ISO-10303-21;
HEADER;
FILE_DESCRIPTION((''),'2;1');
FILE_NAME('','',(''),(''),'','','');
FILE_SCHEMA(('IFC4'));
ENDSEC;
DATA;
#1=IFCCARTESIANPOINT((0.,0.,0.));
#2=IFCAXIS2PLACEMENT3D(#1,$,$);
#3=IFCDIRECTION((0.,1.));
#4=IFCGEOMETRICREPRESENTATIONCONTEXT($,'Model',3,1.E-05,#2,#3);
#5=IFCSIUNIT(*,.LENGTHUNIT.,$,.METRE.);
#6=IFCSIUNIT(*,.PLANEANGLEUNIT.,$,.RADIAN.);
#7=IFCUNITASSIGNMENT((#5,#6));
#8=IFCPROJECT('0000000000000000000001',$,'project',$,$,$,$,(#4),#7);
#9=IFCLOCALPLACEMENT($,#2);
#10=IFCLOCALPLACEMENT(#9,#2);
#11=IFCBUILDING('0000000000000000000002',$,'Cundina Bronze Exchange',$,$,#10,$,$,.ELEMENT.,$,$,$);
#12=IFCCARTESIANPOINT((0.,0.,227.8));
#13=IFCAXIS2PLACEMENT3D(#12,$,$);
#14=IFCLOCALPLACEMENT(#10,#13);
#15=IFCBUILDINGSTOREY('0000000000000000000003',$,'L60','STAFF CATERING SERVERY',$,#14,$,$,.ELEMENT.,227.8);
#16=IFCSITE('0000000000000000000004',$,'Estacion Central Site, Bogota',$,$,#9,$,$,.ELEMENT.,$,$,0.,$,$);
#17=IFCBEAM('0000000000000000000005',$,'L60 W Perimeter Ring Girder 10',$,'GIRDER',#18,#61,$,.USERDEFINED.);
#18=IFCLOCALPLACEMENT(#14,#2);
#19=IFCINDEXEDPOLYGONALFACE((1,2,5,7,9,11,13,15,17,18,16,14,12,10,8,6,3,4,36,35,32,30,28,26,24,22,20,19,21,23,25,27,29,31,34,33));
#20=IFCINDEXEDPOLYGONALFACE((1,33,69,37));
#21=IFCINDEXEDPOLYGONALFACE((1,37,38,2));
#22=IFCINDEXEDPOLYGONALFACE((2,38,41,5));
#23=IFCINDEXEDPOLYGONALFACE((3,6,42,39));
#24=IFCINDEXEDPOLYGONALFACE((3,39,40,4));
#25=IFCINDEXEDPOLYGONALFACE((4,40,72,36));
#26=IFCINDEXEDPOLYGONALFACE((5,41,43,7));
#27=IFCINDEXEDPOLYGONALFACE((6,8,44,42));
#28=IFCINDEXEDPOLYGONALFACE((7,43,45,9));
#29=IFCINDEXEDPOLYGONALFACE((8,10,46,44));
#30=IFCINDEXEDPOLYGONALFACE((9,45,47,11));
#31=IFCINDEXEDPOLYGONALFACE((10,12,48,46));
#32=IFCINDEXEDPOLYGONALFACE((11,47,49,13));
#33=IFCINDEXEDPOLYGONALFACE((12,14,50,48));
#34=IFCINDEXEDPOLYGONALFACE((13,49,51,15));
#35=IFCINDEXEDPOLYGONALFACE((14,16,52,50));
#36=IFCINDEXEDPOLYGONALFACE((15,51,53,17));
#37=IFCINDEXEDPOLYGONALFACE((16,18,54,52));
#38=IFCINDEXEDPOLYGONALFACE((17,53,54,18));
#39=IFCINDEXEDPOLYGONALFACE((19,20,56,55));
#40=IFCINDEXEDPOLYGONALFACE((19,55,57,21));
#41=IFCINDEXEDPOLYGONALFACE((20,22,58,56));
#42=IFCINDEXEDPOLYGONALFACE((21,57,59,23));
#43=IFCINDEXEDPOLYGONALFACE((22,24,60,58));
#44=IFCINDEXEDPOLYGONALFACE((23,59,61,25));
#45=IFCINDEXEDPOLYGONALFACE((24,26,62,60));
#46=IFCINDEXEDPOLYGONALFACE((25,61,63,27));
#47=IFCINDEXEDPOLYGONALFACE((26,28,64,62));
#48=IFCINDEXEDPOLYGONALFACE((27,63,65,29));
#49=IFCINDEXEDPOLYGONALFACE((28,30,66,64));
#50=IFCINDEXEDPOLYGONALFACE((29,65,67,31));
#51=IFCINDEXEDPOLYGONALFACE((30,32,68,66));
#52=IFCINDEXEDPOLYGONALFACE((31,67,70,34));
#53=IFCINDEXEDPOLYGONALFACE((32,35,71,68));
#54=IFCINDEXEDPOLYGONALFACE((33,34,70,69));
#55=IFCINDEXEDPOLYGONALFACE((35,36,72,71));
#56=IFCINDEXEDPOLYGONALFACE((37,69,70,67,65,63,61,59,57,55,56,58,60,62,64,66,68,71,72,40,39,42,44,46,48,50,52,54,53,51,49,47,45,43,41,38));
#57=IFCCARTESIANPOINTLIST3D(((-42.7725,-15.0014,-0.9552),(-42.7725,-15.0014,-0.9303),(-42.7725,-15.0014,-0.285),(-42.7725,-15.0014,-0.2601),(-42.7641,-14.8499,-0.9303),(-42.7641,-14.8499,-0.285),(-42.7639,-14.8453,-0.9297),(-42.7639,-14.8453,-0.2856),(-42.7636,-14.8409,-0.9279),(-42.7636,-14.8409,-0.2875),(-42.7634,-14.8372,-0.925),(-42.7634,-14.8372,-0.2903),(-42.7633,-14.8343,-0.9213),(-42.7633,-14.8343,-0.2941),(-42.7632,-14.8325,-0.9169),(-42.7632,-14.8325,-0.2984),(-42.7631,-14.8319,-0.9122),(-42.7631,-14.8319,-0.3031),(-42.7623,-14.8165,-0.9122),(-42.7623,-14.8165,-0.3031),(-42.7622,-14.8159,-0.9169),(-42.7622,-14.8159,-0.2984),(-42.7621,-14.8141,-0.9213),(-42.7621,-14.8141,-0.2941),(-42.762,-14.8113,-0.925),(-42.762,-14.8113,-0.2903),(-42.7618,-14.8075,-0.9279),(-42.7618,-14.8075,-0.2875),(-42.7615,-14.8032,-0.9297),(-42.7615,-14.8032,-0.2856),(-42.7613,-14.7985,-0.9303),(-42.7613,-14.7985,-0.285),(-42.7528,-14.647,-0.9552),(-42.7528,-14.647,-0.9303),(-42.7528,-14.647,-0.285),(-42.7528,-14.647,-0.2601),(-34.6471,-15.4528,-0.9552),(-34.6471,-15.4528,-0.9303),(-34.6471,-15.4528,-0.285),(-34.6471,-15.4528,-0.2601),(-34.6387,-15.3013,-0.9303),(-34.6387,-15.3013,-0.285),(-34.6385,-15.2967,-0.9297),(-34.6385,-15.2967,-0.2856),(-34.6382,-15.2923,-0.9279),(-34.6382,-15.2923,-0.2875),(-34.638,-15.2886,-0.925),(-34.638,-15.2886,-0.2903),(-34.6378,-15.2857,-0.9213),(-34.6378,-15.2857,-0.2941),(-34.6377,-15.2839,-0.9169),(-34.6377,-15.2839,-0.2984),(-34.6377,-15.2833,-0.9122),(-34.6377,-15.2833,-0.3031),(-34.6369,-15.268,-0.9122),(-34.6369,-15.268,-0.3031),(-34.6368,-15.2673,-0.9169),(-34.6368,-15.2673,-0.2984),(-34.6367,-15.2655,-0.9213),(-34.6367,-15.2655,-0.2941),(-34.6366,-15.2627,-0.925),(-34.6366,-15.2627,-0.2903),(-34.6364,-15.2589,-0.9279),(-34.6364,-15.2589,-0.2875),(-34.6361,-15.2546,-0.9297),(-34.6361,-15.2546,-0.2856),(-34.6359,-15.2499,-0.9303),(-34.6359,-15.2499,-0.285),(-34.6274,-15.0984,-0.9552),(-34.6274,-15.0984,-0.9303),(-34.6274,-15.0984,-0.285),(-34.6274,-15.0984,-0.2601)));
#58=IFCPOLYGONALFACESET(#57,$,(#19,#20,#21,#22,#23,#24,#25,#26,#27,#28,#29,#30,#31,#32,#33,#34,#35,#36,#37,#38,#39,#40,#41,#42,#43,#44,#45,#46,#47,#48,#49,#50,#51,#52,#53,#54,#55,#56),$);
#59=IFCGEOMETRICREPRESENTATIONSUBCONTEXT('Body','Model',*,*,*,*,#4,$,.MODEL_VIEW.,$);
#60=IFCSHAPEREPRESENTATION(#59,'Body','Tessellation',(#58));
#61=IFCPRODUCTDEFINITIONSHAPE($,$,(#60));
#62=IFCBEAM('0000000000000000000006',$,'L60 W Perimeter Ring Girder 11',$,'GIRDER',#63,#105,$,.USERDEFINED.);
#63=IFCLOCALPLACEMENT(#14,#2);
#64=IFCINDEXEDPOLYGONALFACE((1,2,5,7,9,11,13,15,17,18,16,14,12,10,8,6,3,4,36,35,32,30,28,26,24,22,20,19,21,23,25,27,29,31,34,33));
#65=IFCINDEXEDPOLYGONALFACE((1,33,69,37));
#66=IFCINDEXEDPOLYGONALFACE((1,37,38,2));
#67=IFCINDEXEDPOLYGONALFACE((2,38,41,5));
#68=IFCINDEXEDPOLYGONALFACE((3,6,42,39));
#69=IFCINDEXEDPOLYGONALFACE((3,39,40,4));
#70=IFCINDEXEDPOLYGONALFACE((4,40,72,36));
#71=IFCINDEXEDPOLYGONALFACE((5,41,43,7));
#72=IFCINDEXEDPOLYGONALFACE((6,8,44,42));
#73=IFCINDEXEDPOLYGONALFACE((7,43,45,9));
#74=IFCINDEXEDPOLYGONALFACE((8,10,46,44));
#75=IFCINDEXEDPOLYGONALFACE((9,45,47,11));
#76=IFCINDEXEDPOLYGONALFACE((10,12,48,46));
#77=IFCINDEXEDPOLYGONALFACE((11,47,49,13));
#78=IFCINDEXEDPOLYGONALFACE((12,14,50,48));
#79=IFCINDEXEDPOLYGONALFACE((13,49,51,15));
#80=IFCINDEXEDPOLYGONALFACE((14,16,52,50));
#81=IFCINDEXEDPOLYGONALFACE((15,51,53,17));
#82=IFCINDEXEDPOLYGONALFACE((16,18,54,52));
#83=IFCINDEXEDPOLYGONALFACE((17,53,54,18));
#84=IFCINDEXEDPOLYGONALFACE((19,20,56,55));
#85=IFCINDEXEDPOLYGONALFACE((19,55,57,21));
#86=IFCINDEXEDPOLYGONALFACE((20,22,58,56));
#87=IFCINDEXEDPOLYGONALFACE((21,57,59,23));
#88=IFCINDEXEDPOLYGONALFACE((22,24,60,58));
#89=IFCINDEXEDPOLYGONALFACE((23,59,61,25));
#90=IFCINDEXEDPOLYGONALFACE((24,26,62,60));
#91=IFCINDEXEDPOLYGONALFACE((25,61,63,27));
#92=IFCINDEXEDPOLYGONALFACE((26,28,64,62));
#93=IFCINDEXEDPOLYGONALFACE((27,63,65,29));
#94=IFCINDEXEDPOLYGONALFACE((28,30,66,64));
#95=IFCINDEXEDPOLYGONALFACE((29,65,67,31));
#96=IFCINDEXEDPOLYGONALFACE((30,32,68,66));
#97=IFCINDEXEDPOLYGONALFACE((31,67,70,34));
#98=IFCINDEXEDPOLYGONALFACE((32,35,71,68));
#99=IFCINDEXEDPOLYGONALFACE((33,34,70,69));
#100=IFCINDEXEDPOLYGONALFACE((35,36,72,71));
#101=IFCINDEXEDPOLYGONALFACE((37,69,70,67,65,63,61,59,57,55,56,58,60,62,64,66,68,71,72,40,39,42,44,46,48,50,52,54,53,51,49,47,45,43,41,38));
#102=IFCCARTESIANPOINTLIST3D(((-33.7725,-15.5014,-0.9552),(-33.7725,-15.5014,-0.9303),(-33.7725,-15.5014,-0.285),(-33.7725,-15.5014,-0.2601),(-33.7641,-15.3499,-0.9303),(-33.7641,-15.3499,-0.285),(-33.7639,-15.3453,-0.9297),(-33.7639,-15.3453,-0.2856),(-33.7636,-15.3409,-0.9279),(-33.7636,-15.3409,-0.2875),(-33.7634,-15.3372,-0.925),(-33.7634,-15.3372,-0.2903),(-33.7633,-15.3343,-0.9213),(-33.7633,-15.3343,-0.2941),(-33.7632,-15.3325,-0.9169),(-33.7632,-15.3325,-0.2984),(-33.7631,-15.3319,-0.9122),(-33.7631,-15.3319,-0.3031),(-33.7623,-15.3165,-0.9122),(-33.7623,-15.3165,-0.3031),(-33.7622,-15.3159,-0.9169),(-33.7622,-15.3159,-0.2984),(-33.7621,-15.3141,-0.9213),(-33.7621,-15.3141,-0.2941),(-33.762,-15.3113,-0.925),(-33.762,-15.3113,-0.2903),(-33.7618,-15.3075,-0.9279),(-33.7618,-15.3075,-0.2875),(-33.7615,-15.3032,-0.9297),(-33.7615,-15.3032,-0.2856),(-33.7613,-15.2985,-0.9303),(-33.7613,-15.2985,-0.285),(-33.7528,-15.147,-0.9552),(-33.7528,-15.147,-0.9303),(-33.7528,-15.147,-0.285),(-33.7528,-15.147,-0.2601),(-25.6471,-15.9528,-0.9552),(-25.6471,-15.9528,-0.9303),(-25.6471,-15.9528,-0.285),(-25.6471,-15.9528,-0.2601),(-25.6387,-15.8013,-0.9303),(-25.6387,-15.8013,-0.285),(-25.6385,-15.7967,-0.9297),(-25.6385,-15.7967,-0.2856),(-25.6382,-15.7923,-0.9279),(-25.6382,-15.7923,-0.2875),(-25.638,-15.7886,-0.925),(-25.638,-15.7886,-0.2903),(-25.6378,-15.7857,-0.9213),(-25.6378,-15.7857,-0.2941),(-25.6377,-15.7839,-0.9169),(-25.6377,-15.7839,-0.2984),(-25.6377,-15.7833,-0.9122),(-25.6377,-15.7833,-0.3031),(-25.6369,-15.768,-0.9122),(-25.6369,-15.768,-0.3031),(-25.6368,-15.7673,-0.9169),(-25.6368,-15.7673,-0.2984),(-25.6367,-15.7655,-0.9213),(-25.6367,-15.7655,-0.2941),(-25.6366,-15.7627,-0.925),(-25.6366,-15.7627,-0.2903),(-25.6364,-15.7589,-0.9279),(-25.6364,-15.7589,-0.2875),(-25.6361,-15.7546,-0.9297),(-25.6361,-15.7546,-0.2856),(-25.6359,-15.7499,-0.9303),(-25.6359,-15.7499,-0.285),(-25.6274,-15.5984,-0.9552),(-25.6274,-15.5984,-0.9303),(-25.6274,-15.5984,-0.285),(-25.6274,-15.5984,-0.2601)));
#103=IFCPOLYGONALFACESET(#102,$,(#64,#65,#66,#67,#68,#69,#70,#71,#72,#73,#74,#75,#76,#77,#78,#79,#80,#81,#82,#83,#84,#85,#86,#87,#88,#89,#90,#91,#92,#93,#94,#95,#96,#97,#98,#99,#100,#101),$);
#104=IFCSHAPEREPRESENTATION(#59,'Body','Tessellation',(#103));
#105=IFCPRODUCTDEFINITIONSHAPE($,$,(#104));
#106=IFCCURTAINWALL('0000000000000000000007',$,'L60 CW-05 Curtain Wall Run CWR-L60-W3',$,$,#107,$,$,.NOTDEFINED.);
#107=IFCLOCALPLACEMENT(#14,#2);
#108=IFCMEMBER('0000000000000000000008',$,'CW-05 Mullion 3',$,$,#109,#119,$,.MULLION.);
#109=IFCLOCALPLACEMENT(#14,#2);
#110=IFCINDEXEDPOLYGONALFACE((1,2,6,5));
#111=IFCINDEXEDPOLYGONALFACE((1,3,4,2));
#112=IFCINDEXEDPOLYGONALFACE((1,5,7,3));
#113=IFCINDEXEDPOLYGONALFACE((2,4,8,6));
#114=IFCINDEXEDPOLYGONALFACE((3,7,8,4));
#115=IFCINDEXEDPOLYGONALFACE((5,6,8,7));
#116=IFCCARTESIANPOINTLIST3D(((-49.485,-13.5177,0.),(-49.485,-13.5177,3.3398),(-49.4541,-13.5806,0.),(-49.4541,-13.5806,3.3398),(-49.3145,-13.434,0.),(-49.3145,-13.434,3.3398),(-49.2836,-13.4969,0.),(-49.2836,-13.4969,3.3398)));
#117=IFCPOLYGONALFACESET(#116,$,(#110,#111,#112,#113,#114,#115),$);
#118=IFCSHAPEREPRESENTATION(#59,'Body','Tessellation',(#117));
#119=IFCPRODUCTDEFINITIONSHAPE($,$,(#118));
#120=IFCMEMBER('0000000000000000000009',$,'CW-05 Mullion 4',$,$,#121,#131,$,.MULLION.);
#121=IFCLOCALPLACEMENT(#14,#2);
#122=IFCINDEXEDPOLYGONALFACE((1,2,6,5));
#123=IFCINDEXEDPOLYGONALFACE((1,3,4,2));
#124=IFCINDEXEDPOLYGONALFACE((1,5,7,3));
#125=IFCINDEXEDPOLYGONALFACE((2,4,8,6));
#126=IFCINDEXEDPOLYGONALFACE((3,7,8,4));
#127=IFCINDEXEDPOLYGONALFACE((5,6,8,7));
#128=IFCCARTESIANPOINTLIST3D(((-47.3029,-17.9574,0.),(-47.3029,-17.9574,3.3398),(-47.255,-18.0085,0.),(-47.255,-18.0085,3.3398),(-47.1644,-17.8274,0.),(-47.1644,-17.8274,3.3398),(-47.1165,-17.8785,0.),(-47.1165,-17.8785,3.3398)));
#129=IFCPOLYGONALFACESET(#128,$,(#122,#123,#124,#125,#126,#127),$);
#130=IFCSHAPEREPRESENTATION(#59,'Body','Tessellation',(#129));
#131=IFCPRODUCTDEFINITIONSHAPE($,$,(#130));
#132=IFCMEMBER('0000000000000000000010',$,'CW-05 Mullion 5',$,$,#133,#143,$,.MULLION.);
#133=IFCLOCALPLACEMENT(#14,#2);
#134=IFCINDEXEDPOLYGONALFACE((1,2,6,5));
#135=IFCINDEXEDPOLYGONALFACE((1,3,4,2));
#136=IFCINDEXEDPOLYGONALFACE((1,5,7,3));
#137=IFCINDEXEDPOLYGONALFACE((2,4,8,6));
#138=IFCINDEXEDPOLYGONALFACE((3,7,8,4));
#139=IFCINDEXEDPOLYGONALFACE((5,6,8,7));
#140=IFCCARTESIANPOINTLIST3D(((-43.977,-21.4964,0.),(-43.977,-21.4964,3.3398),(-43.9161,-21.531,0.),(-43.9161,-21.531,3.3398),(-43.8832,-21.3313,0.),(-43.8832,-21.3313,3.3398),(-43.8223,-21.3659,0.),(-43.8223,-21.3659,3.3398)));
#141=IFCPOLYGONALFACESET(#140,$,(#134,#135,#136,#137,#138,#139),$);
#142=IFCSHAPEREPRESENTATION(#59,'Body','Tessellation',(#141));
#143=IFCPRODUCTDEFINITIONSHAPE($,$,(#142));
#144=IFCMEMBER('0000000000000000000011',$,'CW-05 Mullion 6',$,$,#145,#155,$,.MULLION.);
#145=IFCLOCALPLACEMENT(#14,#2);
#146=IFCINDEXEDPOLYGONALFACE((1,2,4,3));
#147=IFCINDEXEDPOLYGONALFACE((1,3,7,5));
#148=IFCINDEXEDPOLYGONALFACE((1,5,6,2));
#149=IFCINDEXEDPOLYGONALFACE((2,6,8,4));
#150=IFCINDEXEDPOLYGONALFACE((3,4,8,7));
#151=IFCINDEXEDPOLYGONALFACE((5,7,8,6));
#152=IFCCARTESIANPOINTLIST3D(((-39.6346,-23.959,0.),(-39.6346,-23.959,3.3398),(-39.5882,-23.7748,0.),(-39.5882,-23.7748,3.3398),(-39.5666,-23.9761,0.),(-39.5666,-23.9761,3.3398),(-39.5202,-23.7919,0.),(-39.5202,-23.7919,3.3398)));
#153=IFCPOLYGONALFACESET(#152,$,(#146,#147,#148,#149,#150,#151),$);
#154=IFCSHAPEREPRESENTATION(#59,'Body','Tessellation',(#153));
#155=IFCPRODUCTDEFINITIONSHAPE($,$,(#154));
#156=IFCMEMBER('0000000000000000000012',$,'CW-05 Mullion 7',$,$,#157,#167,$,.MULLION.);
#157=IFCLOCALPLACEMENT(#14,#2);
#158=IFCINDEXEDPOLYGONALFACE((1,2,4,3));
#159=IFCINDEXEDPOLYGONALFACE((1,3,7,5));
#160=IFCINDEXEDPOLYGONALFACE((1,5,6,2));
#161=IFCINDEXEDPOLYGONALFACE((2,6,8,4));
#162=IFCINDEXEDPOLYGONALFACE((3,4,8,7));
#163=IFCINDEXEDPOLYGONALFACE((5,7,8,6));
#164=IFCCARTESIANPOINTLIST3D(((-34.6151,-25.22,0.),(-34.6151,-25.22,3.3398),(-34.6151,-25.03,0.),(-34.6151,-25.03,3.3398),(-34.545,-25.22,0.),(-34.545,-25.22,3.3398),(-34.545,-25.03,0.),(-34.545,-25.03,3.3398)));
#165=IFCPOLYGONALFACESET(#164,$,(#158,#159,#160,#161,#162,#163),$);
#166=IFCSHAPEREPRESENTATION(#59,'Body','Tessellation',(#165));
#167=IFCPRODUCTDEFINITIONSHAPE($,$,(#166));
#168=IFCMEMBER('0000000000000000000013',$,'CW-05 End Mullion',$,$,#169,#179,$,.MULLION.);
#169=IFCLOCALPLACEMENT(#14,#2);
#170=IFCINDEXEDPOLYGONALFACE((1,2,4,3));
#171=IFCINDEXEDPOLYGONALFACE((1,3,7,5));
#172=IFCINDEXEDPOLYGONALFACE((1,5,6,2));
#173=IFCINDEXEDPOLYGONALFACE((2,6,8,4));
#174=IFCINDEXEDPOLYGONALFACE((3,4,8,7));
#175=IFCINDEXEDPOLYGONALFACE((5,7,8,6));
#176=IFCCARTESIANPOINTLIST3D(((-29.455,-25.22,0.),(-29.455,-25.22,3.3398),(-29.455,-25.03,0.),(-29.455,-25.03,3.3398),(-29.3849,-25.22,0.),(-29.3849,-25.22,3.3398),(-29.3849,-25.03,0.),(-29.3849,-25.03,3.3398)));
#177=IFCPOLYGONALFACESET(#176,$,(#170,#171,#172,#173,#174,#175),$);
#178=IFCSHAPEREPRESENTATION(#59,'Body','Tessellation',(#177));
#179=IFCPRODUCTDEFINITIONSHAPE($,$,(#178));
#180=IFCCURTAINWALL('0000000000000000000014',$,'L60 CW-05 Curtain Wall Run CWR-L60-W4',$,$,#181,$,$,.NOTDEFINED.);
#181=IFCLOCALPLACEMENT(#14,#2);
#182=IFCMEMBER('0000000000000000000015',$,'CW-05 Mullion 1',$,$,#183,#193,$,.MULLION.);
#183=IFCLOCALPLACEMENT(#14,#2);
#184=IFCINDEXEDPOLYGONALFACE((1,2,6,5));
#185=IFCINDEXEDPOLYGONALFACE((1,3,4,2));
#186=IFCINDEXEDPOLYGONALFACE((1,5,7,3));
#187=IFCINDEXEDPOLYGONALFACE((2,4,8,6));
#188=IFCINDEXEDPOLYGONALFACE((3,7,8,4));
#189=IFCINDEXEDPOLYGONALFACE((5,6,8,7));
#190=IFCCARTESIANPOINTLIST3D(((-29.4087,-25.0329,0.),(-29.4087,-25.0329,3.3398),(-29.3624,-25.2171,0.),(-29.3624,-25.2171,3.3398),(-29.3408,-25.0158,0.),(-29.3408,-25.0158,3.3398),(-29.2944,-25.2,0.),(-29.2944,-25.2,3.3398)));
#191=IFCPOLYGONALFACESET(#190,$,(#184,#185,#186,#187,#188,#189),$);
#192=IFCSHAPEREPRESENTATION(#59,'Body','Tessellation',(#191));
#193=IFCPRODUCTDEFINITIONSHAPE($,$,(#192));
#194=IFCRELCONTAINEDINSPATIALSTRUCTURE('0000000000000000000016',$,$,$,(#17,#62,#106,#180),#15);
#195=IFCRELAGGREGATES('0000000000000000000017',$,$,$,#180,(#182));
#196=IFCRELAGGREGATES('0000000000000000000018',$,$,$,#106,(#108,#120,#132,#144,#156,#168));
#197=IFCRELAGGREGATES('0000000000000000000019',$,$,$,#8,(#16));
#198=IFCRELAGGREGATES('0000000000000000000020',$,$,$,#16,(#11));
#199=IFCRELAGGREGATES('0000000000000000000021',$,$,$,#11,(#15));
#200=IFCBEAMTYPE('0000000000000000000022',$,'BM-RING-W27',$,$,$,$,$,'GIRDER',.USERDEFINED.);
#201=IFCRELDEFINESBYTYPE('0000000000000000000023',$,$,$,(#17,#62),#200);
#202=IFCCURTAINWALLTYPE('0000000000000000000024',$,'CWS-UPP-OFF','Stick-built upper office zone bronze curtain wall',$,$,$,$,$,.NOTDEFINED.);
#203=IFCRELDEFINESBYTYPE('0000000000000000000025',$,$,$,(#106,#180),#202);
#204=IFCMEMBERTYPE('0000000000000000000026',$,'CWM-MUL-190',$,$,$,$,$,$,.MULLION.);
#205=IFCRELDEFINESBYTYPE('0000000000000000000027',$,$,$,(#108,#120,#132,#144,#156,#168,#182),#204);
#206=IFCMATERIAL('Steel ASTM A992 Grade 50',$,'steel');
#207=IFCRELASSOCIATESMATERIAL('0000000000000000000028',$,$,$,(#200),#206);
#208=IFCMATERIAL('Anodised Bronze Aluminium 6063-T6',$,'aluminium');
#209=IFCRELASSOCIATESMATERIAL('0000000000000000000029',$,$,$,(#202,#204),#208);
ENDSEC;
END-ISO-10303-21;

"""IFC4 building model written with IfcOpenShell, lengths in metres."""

from ifc_helpers import new_model, si_unit, direction, frame, origin, origin_2d, place, context, subcontext, project, spatial, rectangle, i_section, extrude, material, material_profile, profile_set, type_object, element, aggregate, save


model = new_model("IFC4")

# Units and contexts
model_context = context("Model", 3, precision=1e-05, world=origin(), true_north=direction((0.0, 1.0)))
body_context = subcontext(model_context, "Body", "Model", "MODEL_VIEW")
ifc_project = project(units=[si_unit("LENGTHUNIT", "METRE"), si_unit("PLANEANGLEUNIT", "RADIAN")], contexts=[model_context])

# Site, building, storey
site_placement = place(None, origin())
site = spatial("IfcSite", under=ifc_project, at=site_placement, Name="Estacion Central Site, Bogota", CompositionType="ELEMENT", RefElevation=0.0)
building_placement = place(site_placement, origin())
building = spatial("IfcBuilding", under=site, at=building_placement, Name="Cundina Bronze Exchange", CompositionType="ELEMENT")
storey_placement = place(building_placement, frame((0.0, 0.0, 227.8)))
storey = spatial("IfcBuildingStorey", under=building, at=storey_placement, Name="L60", Description="STAFF CATERING SERVERY", CompositionType="ELEMENT", Elevation=227.8)

# Beams
ifc_material_1 = material(Name="Steel ASTM A992 Grade 50", Category="steel")
ifc_material_profile_1 = material_profile(ifc_material_1, i_section(OverallWidth=0.355, OverallDepth=0.6951, WebThickness=0.0154, FlangeThickness=0.0249, FilletRadius=0.0181, at=origin_2d()), Name="W27X146", Category="steel")
ifc_profile_set_1 = profile_set([ifc_material_profile_1], Name="Steel ASTM A992 Grade 50")
beam_type_1 = type_object("IfcBeamType", Name="BM-RING-W27", ElementType="GIRDER", PredefinedType="USERDEFINED", material=ifc_profile_set_1)
for number, where, z_axis, x_axis, name in (
    (1, (-42.7627, -14.8242, -0.6077), (0.99846, -0.05547, 0.0), (0.05547, 0.99846, 0.0), "L60 W Perimeter Ring Girder 10"),
    (2, (-33.7627, -15.3242, -0.6077), (0.99846, -0.05547, 0.0), (0.05547, 0.99846, 0.0), "L60 W Perimeter Ring Girder 11"),
):
    element("IfcBeam", number, at=place(storey_placement, frame(where, z_axis=z_axis, x_axis=x_axis)), inside=storey, type_object=beam_type_1, Name=name, ObjectType="GIRDER", PredefinedType="USERDEFINED", context=body_context, shape_type="SweptSolid", body=[
        extrude(i_section(OverallWidth=0.355, OverallDepth=0.6951, WebThickness=0.0154, FlangeThickness=0.0249, FilletRadius=0.0181, at=origin_2d()), origin(), (0.0, 0.0, 1.0), 8.1379),
    ])

# Curtain wall, members
ifc_material_2 = material(Name="Anodised Bronze Aluminium 6063-T6", Category="aluminium")
curtain_wall_type = type_object("IfcCurtainWallType", Name="CWS-UPP-OFF", Description="Stick-built upper office zone bronze curtain wall", PredefinedType="NOTDEFINED", material=ifc_material_2)
curtain_wall_1_placement = place(storey_placement, origin())
curtain_wall_1 = element("IfcCurtainWall", 3, at=curtain_wall_1_placement, inside=storey, type_object=curtain_wall_type, Name="L60 CW-05 Curtain Wall Run CWR-L60-W3", PredefinedType="NOTDEFINED")
ifc_material_profile_2 = material_profile(ifc_material_2, rectangle(XDim=0.0701, YDim=0.1899, at=origin_2d()), Name="AL70X190", Category="aluminium")
ifc_profile_set_2 = profile_set([ifc_material_profile_2], Name="Anodised Bronze Aluminium 6063-T6")
member_type_1 = type_object("IfcMemberType", Name="CWM-MUL-190", PredefinedType="MULLION", material=ifc_profile_set_2)
member_1_placement = place(storey_placement, frame((-49.3843, -13.5073, 0.0), z_axis=(0.0, 0.0, 1.0), x_axis=(0.440566, -0.89772, 0.0)))
member_1 = element("IfcMember", 4, at=member_1_placement, type_object=member_type_1, Name="CW-05 Mullion 3", PredefinedType="MULLION", context=body_context, shape_type="SweptSolid", body=[
    extrude(rectangle(XDim=0.0701, YDim=0.1899, at=origin_2d()), origin(), (0.0, 0.0, 1.0), 3.3398),
])
member_2_placement = place(storey_placement, frame((-47.2097, -17.918, 0.0), z_axis=(0.0, 0.0, 1.0), x_axis=(0.684293, -0.729208, 0.0)))
member_2 = element("IfcMember", 5, at=member_2_placement, type_object=member_type_1, Name="CW-05 Mullion 4", PredefinedType="MULLION", context=body_context, shape_type="SweptSolid", body=[
    extrude(rectangle(XDim=0.0701, YDim=0.1899, at=origin_2d()), origin(), (0.0, 0.0, 1.0), 3.3398),
])
member_3_placement = place(storey_placement, frame((-43.8997, -21.4312, 0.0), z_axis=(0.0, 0.0, 1.0), x_axis=(0.869581, -0.49379, 0.0)))
member_3 = element("IfcMember", 6, at=member_3_placement, type_object=member_type_1, Name="CW-05 Mullion 5", PredefinedType="MULLION", context=body_context, shape_type="SweptSolid", body=[
    extrude(rectangle(XDim=0.0701, YDim=0.1899, at=origin_2d()), origin(), (0.0, 0.0, 1.0), 3.3398),
])
member_4_placement = place(storey_placement, frame((-39.5774, -23.8755, 0.0), z_axis=(0.0, 0.0, 1.0), x_axis=(0.969744, -0.244123, 0.0)))
member_4 = element("IfcMember", 7, at=member_4_placement, type_object=member_type_1, Name="CW-05 Mullion 6", PredefinedType="MULLION", context=body_context, shape_type="SweptSolid", body=[
    extrude(rectangle(XDim=0.0701, YDim=0.1899, at=origin_2d()), origin(), (0.0, 0.0, 1.0), 3.3398),
])
member_5_placement = place(storey_placement, frame((-34.5801, -25.125, 0.0), z_axis=(0.0, 0.0, 1.0), x_axis=(1.0, 0.0, 0.0)))
member_5 = element("IfcMember", 8, at=member_5_placement, type_object=member_type_1, Name="CW-05 Mullion 7", PredefinedType="MULLION", context=body_context, shape_type="SweptSolid", body=[
    extrude(rectangle(XDim=0.0701, YDim=0.1899, at=origin_2d()), origin(), (0.0, 0.0, 1.0), 3.3398),
])
member_6_placement = place(storey_placement, frame((-29.4199, -25.125, 0.0), z_axis=(0.0, 0.0, 1.0), x_axis=(1.0, 0.0, 0.0)))
member_6 = element("IfcMember", 9, at=member_6_placement, type_object=member_type_1, Name="CW-05 End Mullion", PredefinedType="MULLION", context=body_context, shape_type="SweptSolid", body=[
    extrude(rectangle(XDim=0.0701, YDim=0.1899, at=origin_2d()), origin(), (0.0, 0.0, 1.0), 3.3398),
])

# Curtain wall, member
curtain_wall_2_placement = place(storey_placement, origin())
curtain_wall_2 = element("IfcCurtainWall", 10, at=curtain_wall_2_placement, inside=storey, type_object=curtain_wall_type, Name="L60 CW-05 Curtain Wall Run CWR-L60-W4", PredefinedType="NOTDEFINED")
member_7_placement = place(storey_placement, frame((-29.3516, -25.1165, 0.0), z_axis=(0.0, 0.0, 1.0), x_axis=(0.969744, 0.244123, 0.0)))
member_7 = element("IfcMember", 11, at=member_7_placement, type_object=member_type_1, Name="CW-05 Mullion 1", PredefinedType="MULLION", context=body_context, shape_type="SweptSolid", body=[
    extrude(rectangle(XDim=0.0701, YDim=0.1899, at=origin_2d()), origin(), (0.0, 0.0, 1.0), 3.3398),
])

aggregate(curtain_wall_2, [member_7])

aggregate(curtain_wall_1, [member_1, member_2, member_3, member_4, member_5, member_6])

save(model, "model.ifc")
